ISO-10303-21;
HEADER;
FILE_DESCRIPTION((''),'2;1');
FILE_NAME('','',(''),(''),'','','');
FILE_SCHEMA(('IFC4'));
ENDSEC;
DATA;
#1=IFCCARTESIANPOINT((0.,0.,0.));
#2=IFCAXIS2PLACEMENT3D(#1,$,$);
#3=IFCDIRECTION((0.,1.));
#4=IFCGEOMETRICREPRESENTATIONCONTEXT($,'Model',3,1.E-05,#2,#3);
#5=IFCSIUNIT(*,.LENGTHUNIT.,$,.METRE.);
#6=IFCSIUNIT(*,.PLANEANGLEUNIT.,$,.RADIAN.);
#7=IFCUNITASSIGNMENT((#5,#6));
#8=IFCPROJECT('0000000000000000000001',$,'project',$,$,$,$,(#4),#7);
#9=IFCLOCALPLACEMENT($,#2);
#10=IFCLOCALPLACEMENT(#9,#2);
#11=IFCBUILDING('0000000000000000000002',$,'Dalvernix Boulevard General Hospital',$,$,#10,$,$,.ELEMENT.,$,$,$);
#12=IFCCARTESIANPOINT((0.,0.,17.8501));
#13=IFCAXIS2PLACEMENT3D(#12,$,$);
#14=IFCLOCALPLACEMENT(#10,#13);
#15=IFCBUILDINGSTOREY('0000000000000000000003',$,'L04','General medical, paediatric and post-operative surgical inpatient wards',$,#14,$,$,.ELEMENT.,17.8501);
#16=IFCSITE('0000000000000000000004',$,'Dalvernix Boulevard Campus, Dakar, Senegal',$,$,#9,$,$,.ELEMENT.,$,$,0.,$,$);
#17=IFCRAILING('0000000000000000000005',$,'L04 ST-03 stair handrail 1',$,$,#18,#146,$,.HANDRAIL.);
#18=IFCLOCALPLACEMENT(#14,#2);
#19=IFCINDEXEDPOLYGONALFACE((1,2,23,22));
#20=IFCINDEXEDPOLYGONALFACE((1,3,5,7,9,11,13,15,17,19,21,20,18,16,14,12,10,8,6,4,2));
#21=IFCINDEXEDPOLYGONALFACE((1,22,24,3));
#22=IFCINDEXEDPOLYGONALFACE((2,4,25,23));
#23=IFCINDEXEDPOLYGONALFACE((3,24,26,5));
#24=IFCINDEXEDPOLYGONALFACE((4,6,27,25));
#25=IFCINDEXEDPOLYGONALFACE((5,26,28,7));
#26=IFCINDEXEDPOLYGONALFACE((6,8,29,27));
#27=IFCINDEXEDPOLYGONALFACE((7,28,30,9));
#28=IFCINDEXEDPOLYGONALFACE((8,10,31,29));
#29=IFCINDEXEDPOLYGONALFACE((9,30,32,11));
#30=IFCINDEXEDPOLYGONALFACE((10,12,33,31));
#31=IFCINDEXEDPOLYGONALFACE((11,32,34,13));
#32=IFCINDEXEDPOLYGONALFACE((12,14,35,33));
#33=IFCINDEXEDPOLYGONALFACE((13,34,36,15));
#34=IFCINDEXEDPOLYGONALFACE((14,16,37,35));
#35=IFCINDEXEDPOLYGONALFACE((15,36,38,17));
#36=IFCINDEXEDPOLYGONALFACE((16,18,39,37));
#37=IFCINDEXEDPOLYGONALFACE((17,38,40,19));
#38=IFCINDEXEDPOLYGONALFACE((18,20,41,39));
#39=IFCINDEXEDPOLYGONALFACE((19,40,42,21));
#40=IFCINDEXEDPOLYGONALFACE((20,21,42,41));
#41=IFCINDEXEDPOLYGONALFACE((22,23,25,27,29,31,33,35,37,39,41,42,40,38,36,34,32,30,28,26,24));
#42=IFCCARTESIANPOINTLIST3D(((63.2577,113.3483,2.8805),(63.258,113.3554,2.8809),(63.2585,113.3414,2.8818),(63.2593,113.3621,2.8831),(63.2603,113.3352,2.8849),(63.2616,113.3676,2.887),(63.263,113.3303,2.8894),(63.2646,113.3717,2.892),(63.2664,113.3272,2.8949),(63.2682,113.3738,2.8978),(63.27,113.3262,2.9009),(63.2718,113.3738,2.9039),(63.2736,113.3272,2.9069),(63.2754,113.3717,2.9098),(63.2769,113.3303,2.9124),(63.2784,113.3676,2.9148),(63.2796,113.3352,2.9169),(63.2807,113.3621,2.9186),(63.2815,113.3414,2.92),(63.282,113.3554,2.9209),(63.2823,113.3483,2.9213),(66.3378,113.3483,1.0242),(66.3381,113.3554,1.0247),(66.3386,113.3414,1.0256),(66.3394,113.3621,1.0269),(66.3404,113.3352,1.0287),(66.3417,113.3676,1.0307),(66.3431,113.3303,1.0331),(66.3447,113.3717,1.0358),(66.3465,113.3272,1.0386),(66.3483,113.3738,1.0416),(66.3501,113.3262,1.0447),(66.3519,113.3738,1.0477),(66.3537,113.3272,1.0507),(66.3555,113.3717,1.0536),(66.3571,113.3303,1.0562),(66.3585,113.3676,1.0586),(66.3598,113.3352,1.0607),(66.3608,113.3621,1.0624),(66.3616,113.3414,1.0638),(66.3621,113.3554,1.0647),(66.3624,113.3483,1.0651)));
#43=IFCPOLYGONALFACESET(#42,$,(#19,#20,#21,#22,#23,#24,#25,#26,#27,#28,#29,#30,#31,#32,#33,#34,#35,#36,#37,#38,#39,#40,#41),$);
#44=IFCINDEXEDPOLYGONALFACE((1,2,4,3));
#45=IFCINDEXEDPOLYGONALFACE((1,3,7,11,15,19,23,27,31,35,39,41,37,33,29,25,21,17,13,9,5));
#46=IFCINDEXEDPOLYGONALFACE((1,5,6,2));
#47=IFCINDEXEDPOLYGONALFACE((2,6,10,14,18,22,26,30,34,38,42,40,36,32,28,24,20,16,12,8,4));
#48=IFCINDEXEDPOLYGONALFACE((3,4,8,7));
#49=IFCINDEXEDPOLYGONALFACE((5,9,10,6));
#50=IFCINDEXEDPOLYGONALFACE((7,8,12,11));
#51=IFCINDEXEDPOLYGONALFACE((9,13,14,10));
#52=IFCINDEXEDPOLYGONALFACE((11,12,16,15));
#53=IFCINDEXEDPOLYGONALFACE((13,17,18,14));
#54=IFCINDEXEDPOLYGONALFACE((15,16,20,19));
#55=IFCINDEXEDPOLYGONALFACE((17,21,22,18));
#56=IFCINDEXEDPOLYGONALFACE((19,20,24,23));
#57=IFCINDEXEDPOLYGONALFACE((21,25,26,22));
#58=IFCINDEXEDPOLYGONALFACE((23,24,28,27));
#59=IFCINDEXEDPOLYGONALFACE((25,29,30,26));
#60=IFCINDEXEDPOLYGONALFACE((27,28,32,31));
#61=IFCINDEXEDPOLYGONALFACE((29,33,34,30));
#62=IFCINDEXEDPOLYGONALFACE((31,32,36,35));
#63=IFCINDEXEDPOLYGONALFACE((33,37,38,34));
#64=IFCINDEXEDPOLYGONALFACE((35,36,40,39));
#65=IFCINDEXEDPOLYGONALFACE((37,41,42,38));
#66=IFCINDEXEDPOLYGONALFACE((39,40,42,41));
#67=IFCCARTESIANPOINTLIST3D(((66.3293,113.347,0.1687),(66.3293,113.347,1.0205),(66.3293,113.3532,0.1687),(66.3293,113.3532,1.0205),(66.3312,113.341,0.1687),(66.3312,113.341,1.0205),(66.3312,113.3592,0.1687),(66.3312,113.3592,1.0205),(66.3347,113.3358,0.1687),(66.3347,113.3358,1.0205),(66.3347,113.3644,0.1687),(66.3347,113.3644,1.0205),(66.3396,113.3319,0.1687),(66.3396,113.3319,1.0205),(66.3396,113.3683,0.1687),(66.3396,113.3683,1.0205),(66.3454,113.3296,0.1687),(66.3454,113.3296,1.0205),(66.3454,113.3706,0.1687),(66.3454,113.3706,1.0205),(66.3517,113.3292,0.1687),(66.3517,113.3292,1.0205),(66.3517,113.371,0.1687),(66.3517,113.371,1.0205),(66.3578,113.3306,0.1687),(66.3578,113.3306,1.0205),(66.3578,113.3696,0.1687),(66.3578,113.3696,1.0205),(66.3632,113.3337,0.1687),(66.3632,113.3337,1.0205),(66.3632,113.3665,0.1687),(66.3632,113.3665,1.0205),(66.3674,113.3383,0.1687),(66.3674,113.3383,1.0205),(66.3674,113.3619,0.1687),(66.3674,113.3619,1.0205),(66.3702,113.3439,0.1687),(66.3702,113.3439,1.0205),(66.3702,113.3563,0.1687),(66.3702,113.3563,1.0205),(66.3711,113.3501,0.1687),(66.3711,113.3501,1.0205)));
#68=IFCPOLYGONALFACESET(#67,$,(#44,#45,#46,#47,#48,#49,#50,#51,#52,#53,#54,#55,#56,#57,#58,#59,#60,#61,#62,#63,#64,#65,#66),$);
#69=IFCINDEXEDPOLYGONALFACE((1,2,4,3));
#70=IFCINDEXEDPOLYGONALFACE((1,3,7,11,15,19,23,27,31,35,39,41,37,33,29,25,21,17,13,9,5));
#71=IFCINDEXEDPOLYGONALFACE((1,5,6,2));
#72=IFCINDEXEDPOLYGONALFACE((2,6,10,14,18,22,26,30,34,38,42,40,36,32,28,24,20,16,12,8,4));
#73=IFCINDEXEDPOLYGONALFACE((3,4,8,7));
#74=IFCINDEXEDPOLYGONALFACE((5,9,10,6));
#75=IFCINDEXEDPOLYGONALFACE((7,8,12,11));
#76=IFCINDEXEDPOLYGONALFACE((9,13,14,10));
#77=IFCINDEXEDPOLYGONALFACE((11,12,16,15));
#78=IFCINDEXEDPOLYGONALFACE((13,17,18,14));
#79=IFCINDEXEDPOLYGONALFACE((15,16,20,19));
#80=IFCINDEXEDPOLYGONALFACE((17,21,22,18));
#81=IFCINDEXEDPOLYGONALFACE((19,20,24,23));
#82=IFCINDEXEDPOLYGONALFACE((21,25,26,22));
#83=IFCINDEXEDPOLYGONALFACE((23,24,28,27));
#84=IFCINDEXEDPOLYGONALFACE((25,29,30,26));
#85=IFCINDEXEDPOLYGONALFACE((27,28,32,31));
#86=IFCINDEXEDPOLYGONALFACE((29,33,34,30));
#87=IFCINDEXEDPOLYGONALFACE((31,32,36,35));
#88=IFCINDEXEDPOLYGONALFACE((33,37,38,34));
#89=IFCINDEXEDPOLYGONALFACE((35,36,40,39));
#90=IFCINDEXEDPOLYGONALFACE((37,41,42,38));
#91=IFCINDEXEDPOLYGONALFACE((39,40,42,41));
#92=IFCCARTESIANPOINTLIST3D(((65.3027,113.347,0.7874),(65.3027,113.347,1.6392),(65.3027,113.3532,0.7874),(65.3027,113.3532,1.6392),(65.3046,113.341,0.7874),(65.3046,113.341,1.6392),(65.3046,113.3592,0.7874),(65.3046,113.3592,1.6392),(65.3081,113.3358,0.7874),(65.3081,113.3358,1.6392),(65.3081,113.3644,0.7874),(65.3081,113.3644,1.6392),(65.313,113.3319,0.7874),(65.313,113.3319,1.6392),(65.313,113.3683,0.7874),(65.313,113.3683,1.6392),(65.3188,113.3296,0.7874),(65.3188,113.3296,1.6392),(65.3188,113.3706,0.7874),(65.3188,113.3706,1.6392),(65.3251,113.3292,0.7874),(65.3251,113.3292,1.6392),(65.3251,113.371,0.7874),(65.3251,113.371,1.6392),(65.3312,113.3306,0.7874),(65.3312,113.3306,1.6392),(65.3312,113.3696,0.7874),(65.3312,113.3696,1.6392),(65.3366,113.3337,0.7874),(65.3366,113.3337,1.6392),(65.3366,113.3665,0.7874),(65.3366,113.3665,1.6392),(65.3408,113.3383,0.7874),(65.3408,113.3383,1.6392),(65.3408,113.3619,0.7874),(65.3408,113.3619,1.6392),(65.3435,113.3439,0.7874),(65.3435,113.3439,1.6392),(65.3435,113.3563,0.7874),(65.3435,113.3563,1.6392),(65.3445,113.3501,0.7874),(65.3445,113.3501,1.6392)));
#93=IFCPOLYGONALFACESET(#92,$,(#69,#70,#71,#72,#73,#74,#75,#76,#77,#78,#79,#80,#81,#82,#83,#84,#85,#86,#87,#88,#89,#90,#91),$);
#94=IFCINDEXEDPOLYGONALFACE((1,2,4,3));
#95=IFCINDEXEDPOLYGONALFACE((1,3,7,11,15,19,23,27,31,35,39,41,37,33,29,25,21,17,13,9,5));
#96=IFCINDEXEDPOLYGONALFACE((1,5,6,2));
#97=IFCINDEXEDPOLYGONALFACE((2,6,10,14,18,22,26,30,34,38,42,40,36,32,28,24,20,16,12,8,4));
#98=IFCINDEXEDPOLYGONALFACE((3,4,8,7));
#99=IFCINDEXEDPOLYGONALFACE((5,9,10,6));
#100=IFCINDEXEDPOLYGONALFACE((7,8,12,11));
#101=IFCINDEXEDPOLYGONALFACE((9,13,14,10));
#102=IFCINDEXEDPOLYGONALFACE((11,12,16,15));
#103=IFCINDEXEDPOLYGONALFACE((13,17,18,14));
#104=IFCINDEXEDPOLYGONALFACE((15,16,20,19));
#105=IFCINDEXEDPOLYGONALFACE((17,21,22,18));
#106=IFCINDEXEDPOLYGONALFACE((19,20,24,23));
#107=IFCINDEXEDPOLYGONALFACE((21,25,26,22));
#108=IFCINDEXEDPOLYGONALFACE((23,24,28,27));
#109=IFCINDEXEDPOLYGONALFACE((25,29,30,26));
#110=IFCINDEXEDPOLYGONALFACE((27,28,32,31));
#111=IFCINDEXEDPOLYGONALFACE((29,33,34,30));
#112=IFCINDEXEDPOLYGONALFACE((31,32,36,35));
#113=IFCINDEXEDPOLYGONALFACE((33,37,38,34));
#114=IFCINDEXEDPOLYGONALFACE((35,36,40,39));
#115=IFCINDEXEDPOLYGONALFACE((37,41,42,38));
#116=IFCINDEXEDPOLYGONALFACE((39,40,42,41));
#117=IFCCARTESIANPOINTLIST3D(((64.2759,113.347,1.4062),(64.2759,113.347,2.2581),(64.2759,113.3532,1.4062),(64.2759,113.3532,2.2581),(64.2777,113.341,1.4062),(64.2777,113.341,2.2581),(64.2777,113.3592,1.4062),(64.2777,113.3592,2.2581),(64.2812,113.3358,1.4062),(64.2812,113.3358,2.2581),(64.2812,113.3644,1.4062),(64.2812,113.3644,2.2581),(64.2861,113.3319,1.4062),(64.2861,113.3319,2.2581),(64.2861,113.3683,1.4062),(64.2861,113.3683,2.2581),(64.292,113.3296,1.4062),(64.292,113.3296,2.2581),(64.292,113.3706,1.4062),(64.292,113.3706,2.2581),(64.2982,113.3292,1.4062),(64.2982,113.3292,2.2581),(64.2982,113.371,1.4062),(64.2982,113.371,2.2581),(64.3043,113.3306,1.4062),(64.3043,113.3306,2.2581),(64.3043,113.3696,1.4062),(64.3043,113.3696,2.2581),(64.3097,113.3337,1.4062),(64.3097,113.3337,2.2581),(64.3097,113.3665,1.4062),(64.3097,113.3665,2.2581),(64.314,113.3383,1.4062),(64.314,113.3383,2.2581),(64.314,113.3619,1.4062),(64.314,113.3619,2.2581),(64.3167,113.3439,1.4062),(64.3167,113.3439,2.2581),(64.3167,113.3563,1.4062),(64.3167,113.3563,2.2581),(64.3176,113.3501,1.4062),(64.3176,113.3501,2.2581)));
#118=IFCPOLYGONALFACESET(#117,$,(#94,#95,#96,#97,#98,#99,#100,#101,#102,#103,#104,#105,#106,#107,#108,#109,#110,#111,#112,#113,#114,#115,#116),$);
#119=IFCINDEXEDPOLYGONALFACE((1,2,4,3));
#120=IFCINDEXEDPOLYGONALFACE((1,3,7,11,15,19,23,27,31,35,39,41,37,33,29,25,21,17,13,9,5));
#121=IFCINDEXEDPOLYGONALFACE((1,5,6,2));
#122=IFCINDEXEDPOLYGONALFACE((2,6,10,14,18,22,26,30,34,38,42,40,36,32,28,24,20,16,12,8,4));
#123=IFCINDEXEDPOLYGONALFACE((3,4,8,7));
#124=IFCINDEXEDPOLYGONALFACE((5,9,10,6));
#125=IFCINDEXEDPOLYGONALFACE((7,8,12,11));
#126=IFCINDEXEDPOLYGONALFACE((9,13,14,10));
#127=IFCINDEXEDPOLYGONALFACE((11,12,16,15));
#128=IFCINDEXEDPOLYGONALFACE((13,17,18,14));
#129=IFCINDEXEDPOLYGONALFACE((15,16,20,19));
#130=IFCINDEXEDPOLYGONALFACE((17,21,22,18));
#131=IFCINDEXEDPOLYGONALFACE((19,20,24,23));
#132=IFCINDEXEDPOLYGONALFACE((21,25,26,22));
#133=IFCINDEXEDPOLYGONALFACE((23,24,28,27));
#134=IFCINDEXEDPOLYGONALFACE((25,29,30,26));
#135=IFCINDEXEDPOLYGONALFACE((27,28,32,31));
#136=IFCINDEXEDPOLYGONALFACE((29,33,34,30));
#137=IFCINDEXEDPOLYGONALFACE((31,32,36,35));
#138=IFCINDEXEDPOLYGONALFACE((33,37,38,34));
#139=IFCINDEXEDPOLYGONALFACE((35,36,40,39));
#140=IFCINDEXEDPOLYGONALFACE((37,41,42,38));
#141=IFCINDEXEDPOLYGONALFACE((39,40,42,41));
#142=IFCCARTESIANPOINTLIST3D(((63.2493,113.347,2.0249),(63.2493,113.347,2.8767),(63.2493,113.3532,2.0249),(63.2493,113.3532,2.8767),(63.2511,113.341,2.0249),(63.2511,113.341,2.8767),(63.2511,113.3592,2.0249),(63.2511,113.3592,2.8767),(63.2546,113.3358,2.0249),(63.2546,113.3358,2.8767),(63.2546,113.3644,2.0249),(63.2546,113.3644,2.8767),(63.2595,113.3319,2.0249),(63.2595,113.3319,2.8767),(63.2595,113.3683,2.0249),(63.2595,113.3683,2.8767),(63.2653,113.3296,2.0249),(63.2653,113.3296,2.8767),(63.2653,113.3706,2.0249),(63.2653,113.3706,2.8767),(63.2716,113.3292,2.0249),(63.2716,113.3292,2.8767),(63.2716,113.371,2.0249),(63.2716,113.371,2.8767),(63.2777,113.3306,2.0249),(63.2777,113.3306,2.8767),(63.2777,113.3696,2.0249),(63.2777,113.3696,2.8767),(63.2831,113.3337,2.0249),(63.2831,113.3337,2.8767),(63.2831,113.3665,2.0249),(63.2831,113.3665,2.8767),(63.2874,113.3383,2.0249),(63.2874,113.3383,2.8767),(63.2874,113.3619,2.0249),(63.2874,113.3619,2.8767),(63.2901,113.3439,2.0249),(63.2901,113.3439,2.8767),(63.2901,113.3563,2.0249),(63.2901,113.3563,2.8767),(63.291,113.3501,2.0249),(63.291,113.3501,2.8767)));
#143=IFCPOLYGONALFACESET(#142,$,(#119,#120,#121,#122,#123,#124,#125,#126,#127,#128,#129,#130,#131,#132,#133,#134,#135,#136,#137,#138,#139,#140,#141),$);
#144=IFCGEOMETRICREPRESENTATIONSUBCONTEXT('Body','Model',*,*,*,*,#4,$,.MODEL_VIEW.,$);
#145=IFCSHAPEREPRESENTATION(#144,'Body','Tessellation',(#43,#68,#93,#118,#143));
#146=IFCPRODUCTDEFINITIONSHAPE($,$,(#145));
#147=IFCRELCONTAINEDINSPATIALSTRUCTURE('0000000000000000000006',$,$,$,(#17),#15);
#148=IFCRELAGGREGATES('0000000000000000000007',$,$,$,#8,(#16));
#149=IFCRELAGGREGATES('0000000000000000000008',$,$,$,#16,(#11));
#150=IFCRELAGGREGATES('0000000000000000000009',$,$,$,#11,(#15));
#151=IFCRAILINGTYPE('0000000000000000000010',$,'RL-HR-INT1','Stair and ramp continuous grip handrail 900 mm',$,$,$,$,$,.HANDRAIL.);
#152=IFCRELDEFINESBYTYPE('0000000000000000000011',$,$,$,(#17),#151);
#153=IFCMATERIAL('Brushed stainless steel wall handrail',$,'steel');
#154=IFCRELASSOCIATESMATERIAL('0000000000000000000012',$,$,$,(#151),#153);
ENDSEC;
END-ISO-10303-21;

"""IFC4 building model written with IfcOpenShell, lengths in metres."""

from ifc_helpers import new_model, si_unit, direction, frame, origin, origin_2d, place, context, subcontext, project, spatial, circle, extrude, material, type_object, element, save


model = new_model("IFC4")

# Units and contexts
model_context = context("Model", 3, precision=1e-05, world=origin(), true_north=direction((0.0, 1.0)))
body_context = subcontext(model_context, "Body", "Model", "MODEL_VIEW")
ifc_project = project(units=[si_unit("LENGTHUNIT", "METRE"), si_unit("PLANEANGLEUNIT", "RADIAN")], contexts=[model_context])

# Site, building, storey
site_placement = place(None, origin())
site = spatial("IfcSite", under=ifc_project, at=site_placement, Name="Dalvernix Boulevard Campus, Dakar, Senegal", CompositionType="ELEMENT", RefElevation=0.0)
building_placement = place(site_placement, origin())
building = spatial("IfcBuilding", under=site, at=building_placement, Name="Dalvernix Boulevard General Hospital", CompositionType="ELEMENT")
storey_placement = place(building_placement, frame((0.0, 0.0, 17.8501)))
storey = spatial("IfcBuildingStorey", under=building, at=storey_placement, Name="L04", Description="General medical, paediatric and post-operative surgical inpatient wards", CompositionType="ELEMENT", Elevation=17.8501)

# Railing
ifc_material_1 = material(Name="Brushed stainless steel wall handrail", Category="steel")
railing_type_1 = type_object("IfcRailingType", Name="RL-HR-INT1", Description="Stair and ramp continuous grip handrail 900 mm", PredefinedType="HANDRAIL", material=ifc_material_1)
railing_1_placement = place(storey_placement, frame((66.3501, 113.3501, 0.1687)))
element("IfcRailing", 1, at=railing_1_placement, inside=storey, type_object=railing_type_1, Name="L04 ST-03 stair handrail 1", PredefinedType="HANDRAIL", context=body_context, shape_type="SweptSolid", body=[
    extrude(circle(Radius=0.0239, at=origin_2d()), frame((0.0, 0.0, 0.876), z_axis=(-0.856491, 0.0, 0.516162), x_axis=(0.0, -1.0, 0.0)), (0.0, 0.0, 1.0), 3.5962),
    extrude(circle(Radius=0.021, at=origin_2d()), origin(), (0.0, 0.0, 1.0), 0.8518),
    extrude(circle(Radius=0.021, at=origin_2d()), frame((-1.0266, 0.0, 0.6187)), (0.0, 0.0, 1.0), 0.8518),
    extrude(circle(Radius=0.021, at=origin_2d()), frame((-2.0535, 0.0, 1.2375)), (0.0, 0.0, 1.0), 0.8518),
    extrude(circle(Radius=0.021, at=origin_2d()), frame((-3.0801, 0.0, 1.8562)), (0.0, 0.0, 1.0), 0.8518),
])

save(model, "model.ifc")
